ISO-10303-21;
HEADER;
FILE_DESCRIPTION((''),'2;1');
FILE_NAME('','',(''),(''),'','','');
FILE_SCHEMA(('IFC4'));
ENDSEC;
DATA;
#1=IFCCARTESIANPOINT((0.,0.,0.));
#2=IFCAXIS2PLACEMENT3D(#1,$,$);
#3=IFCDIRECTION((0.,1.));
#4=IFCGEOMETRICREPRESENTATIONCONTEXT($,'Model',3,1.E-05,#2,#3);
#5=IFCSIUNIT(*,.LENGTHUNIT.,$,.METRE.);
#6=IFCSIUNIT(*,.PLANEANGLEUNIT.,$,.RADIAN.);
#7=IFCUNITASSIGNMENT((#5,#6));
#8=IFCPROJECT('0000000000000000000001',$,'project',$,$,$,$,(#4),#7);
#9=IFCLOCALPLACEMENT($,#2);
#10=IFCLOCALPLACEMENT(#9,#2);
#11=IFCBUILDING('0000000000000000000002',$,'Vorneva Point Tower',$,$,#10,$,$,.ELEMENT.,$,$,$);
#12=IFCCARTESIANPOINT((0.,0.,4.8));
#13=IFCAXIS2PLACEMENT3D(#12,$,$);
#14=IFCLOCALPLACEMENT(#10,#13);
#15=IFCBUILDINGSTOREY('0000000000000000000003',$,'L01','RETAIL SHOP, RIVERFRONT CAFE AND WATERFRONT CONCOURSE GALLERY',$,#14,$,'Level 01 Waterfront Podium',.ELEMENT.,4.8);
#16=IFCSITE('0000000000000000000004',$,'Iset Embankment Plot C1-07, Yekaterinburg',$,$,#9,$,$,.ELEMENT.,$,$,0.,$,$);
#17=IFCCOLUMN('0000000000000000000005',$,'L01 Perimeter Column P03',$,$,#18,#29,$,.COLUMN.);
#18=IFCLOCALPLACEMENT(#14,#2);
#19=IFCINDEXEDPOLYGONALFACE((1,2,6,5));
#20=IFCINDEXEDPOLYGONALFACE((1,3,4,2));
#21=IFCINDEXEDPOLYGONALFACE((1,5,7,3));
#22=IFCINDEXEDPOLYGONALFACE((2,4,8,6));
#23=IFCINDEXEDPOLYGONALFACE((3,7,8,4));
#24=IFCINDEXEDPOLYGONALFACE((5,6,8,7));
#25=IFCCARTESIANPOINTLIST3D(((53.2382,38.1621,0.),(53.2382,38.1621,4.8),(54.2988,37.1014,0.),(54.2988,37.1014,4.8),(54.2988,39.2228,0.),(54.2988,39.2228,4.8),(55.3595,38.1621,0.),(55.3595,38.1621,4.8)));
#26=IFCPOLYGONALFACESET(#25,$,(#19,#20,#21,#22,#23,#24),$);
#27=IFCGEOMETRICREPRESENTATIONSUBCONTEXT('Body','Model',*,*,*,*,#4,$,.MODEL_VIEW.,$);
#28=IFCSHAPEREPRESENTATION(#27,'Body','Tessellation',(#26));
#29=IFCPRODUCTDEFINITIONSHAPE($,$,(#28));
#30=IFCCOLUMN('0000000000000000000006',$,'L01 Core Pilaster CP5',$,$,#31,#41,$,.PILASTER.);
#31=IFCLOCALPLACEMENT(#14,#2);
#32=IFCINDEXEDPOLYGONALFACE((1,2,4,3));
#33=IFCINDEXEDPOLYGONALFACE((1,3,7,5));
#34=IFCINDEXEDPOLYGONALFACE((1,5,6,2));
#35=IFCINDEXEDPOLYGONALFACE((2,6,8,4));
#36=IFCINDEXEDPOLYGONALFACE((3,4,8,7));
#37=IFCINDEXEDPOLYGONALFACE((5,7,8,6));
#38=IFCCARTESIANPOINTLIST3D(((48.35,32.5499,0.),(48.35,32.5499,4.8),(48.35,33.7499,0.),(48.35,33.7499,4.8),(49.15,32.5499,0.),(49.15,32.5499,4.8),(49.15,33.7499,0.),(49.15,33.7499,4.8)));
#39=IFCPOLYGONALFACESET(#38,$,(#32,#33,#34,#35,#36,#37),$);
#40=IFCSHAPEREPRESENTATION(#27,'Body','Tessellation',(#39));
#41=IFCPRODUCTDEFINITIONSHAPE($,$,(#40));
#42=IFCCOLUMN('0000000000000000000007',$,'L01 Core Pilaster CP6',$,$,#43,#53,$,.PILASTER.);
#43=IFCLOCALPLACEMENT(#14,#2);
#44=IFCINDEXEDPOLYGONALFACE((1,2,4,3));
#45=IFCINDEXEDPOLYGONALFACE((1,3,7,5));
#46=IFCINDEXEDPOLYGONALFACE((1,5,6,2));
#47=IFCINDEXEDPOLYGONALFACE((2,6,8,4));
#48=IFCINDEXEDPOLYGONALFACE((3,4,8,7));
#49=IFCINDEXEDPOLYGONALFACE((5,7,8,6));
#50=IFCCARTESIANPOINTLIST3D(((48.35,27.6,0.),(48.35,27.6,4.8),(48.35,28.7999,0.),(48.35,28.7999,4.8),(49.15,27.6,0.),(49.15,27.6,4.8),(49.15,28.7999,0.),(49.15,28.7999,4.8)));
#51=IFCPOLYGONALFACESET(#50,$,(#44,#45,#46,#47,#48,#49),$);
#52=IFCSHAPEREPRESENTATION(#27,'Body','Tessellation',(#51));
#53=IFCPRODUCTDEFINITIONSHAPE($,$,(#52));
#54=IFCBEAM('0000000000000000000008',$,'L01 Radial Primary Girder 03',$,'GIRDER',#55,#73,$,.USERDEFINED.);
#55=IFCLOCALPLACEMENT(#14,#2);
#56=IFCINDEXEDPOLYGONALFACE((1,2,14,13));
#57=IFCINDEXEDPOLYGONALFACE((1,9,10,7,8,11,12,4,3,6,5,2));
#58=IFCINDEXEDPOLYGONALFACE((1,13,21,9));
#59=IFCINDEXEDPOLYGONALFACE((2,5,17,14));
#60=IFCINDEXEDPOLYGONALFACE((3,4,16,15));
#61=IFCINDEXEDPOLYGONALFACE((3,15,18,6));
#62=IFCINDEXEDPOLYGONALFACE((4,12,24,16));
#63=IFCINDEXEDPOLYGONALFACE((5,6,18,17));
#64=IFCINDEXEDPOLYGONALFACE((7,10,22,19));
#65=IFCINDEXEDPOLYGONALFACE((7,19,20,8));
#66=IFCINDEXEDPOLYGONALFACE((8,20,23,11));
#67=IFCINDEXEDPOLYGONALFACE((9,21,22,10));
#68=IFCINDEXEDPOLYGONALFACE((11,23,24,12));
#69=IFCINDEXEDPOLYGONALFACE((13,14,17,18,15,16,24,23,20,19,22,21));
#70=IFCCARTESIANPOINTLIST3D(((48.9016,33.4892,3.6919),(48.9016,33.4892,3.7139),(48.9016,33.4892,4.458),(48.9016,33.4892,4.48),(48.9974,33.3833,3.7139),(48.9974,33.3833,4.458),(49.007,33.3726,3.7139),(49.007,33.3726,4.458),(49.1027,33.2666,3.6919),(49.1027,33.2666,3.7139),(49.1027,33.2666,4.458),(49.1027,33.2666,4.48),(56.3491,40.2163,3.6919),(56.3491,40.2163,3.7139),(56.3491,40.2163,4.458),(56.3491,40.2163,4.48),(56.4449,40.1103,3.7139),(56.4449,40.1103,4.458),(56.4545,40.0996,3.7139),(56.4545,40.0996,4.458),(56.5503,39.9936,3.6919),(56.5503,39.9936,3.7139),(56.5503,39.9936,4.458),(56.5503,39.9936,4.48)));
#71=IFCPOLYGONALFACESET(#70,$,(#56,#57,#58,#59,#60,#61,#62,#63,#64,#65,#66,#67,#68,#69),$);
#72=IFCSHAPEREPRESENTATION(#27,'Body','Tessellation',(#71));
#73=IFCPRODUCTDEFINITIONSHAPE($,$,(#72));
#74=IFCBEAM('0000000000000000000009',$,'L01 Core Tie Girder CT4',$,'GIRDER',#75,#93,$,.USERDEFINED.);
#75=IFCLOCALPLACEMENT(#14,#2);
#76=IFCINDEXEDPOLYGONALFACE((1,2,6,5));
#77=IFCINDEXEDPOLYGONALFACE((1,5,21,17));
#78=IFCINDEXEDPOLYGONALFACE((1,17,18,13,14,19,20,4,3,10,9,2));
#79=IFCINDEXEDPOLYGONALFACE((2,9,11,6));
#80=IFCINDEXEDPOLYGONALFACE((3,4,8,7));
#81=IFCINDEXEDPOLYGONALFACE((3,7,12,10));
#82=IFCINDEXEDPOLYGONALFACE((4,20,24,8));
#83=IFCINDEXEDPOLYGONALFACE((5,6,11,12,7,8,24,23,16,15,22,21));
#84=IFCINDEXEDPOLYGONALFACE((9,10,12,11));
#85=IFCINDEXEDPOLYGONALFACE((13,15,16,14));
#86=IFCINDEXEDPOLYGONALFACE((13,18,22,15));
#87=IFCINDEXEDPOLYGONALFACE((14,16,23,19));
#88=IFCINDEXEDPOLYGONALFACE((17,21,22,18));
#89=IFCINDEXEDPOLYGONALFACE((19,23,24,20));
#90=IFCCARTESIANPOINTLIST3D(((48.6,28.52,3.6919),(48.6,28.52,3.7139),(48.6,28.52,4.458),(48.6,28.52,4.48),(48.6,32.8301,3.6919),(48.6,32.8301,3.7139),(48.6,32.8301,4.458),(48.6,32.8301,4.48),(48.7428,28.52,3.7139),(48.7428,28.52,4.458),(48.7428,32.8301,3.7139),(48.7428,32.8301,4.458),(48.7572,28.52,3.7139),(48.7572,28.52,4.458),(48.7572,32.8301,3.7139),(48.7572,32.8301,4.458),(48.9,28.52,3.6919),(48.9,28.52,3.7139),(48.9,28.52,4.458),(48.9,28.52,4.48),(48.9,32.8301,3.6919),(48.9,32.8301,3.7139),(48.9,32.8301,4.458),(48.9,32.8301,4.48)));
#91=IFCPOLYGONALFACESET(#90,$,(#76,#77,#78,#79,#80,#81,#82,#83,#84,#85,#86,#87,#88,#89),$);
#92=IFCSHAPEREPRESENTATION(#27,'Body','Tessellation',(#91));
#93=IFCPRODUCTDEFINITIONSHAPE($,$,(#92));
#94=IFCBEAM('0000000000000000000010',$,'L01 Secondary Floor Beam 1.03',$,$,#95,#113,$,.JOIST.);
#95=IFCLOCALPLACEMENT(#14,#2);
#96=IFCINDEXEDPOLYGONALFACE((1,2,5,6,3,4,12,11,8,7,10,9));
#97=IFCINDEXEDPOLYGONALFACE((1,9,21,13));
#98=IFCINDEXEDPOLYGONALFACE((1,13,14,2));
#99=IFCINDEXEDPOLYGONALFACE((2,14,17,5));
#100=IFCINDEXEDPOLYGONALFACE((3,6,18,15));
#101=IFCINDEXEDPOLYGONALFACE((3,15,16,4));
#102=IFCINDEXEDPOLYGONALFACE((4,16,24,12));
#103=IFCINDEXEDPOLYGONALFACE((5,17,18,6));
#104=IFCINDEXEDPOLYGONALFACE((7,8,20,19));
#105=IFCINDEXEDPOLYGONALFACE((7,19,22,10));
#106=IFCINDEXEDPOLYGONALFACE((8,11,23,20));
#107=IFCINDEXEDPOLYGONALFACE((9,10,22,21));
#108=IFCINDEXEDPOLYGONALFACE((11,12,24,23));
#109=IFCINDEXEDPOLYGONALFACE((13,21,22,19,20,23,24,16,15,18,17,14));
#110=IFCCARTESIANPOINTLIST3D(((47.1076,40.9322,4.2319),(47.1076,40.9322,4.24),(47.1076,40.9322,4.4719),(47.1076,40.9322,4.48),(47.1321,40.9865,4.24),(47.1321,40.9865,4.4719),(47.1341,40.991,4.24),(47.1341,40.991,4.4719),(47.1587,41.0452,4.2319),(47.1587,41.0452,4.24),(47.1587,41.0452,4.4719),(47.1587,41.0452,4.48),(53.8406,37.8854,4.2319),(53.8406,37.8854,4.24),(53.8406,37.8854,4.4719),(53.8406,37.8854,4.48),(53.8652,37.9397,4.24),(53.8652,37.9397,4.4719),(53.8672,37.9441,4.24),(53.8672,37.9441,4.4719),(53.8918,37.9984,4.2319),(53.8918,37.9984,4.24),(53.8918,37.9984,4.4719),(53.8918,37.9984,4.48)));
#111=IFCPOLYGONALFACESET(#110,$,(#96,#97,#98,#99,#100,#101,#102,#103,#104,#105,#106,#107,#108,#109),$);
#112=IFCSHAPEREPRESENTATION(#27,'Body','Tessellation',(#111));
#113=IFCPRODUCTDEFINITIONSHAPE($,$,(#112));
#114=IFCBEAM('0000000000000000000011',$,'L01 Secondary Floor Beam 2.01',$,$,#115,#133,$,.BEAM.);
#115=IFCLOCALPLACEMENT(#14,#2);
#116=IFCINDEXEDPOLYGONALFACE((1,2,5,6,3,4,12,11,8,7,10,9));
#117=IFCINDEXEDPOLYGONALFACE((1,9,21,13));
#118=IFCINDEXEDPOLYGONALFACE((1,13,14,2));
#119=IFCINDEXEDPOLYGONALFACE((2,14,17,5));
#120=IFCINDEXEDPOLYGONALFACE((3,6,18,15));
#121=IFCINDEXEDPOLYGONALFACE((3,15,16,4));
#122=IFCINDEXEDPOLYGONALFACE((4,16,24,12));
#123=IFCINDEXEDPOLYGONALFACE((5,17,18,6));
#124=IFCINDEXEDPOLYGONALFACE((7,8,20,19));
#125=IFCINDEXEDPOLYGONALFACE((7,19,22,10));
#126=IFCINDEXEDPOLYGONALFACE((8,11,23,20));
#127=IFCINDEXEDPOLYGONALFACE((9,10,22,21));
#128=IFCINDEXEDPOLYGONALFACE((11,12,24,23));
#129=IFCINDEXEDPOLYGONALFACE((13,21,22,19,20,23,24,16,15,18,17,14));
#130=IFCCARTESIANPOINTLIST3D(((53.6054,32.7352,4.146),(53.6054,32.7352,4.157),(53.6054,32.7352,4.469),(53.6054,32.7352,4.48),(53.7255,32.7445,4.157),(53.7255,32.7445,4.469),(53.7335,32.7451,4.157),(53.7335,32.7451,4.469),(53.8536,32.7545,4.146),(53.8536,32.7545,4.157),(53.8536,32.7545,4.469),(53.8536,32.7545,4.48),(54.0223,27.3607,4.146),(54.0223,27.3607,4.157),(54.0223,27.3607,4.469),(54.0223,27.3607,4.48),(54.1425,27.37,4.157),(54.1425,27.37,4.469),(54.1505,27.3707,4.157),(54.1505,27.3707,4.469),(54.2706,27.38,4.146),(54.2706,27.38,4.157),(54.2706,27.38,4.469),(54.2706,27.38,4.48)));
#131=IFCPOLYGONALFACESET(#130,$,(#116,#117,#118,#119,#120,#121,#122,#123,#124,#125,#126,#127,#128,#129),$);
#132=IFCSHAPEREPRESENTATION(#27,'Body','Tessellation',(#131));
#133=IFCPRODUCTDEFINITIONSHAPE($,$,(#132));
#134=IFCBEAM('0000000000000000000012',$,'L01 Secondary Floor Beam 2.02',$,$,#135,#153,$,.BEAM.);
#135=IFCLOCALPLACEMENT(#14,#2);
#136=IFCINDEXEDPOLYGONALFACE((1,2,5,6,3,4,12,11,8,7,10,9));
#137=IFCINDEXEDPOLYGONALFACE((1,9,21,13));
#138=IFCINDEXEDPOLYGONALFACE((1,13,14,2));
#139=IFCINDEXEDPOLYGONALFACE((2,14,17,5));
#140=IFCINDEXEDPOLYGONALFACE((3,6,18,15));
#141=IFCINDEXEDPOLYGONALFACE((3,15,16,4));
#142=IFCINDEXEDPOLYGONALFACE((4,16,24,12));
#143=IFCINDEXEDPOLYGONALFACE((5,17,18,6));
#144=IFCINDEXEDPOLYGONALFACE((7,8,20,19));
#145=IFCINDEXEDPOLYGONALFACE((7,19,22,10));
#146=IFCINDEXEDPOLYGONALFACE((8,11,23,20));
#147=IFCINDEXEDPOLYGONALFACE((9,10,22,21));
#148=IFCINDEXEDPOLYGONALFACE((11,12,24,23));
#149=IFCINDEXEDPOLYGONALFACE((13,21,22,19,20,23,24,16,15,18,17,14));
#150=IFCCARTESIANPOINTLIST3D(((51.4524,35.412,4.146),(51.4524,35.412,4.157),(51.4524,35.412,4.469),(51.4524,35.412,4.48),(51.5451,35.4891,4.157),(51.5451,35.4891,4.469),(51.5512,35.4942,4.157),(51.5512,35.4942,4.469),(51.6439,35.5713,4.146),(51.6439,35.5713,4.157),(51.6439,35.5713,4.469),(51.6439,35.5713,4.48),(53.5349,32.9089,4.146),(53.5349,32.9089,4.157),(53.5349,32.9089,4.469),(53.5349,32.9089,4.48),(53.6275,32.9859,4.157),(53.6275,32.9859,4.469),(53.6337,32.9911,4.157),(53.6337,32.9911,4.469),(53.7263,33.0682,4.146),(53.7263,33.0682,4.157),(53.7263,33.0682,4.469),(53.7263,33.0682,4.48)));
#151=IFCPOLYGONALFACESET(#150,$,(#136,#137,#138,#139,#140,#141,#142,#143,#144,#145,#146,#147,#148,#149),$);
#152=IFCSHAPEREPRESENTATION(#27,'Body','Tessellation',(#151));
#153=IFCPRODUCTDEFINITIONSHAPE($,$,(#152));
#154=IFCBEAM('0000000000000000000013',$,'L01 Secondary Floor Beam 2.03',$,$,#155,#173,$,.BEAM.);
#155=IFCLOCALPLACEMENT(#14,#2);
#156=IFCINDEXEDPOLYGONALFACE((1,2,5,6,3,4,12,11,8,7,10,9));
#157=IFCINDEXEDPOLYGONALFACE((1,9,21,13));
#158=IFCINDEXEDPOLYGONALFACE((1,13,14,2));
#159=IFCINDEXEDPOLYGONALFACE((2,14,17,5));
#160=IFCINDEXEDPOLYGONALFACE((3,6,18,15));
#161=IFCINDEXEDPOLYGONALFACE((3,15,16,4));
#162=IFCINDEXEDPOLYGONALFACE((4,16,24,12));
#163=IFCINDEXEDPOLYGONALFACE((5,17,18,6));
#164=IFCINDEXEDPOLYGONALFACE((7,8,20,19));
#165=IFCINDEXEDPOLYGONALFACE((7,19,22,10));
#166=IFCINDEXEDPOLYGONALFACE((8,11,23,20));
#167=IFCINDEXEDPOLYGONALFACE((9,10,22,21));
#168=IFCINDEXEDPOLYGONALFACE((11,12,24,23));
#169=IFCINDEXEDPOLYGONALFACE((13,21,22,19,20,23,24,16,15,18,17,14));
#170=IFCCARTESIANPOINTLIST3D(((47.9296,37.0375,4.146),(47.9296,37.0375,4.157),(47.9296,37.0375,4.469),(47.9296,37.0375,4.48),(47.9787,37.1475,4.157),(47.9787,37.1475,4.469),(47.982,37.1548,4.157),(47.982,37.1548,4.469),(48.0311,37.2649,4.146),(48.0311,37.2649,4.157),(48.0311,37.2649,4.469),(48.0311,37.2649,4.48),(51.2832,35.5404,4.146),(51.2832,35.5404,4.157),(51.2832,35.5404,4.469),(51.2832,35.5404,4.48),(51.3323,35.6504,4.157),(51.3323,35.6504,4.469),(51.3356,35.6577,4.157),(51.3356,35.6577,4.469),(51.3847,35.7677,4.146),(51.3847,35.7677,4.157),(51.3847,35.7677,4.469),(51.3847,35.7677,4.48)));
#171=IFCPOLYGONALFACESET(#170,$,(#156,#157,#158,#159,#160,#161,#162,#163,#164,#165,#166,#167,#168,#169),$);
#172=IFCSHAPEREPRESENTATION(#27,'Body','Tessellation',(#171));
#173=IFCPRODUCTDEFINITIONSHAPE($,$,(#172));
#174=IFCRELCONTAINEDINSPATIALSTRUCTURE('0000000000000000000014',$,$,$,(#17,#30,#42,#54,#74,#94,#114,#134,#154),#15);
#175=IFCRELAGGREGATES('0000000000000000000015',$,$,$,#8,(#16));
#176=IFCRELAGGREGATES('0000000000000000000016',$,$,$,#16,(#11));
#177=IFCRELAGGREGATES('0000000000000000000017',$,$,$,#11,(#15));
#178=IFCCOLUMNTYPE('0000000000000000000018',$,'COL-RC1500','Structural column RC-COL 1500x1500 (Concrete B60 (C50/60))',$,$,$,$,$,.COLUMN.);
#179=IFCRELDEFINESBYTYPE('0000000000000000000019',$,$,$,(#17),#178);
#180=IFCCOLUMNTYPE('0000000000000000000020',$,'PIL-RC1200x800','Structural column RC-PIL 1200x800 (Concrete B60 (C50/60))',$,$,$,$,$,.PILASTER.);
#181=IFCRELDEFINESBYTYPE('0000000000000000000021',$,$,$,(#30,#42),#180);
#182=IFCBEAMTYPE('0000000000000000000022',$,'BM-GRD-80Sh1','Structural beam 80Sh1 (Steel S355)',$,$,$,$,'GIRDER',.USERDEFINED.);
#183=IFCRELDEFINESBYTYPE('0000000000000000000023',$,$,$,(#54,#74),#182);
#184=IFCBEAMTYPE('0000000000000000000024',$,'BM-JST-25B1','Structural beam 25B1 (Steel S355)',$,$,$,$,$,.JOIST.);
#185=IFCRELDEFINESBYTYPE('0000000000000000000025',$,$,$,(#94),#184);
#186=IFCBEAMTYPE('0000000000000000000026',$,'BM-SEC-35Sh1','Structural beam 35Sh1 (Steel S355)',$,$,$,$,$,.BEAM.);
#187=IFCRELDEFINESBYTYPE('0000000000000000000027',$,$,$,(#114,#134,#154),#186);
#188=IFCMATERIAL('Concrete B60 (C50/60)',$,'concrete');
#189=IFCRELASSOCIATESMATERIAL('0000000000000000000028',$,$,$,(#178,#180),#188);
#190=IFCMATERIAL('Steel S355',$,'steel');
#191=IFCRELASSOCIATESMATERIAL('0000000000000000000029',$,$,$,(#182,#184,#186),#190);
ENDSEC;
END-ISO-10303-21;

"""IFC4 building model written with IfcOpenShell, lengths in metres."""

from ifc_helpers import new_model, si_unit, direction, frame, origin, origin_2d, place, context, subcontext, project, spatial, rectangle, i_section, extrude, material, material_profile, profile_set, type_object, element, save


model = new_model("IFC4")

# Units and contexts
model_context = context("Model", 3, precision=1e-05, world=origin(), true_north=direction((0.0, 1.0)))
body_context = subcontext(model_context, "Body", "Model", "MODEL_VIEW")
ifc_project = project(units=[si_unit("LENGTHUNIT", "METRE"), si_unit("PLANEANGLEUNIT", "RADIAN")], contexts=[model_context])

# Site, building, storey
site_placement = place(None, origin())
site = spatial("IfcSite", under=ifc_project, at=site_placement, Name="Iset Embankment Plot C1-07, Yekaterinburg", CompositionType="ELEMENT", RefElevation=0.0)
building_placement = place(site_placement, origin())
building = spatial("IfcBuilding", under=site, at=building_placement, Name="Vorneva Point Tower", CompositionType="ELEMENT")
storey_placement = place(building_placement, frame((0.0, 0.0, 4.8)))
storey = spatial("IfcBuildingStorey", under=building, at=storey_placement, Name="L01", Description="RETAIL SHOP, RIVERFRONT CAFE AND WATERFRONT CONCOURSE GALLERY", LongName="Level 01 Waterfront Podium", CompositionType="ELEMENT", Elevation=4.8)

# Columns
ifc_material_1 = material(Name="Concrete B60 (C50/60)", Category="concrete")
ifc_material_profile_1 = material_profile(ifc_material_1, rectangle(XDim=1.5, YDim=1.5, at=origin_2d()), Name="RC-COL 1500x1500")
ifc_profile_set_1 = profile_set([ifc_material_profile_1], Name="Concrete B60 (C50/60)")
column_type_1 = type_object("IfcColumnType", Name="COL-RC1500", Description="Structural column RC-COL 1500x1500 (Concrete B60 (C50/60))", PredefinedType="COLUMN", material=ifc_profile_set_1)
column_placement = place(storey_placement, frame((54.2988, 38.1621, 0.0), z_axis=(0.0, 0.0, 1.0), x_axis=(0.707107, 0.707107, 0.0)))
element("IfcColumn", 1, at=column_placement, inside=storey, type_object=column_type_1, Name="L01 Perimeter Column P03", PredefinedType="COLUMN", context=body_context, shape_type="SweptSolid", body=[
    extrude(rectangle(XDim=1.5, YDim=1.5, at=origin_2d()), origin(), (0.0, 0.0, 1.0), 4.8),
])
ifc_material_profile_2 = material_profile(ifc_material_1, rectangle(XDim=0.8, YDim=1.2, at=origin_2d()), Name="RC-PIL 1200x800")
ifc_profile_set_2 = profile_set([ifc_material_profile_2], Name="Concrete B60 (C50/60)")
column_type_2 = type_object("IfcColumnType", Name="PIL-RC1200x800", Description="Structural column RC-PIL 1200x800 (Concrete B60 (C50/60))", PredefinedType="PILASTER", material=ifc_profile_set_2)
for number, where, z_axis, x_axis, name in (
    (2, (48.75, 33.1499, 0.0), (0.0, 0.0, 1.0), (1.0, 0.0, 0.0), "L01 Core Pilaster CP5"),
    (3, (48.75, 28.2, 0.0), (0.0, 0.0, 1.0), (1.0, 0.0, 0.0), "L01 Core Pilaster CP6"),
):
    element("IfcColumn", number, at=place(storey_placement, frame(where, z_axis=z_axis, x_axis=x_axis)), inside=storey, type_object=column_type_2, Name=name, PredefinedType="PILASTER", context=body_context, shape_type="SweptSolid", body=[
        extrude(rectangle(XDim=0.8, YDim=1.2, at=origin_2d()), origin(), (0.0, 0.0, 1.0), 4.8),
    ])

# Beams
ifc_material_2 = material(Name="Steel S355", Category="steel")
ifc_material_profile_3 = material_profile(ifc_material_2, i_section(OverallWidth=0.3, OverallDepth=0.7881, WebThickness=0.0144, FlangeThickness=0.022, at=origin_2d()), Name="80Sh1")
ifc_profile_set_3 = profile_set([ifc_material_profile_3], Name="Steel S355")
beam_type_1 = type_object("IfcBeamType", Name="BM-GRD-80Sh1", Description="Structural beam 80Sh1 (Steel S355)", ElementType="GIRDER", PredefinedType="USERDEFINED", material=ifc_profile_set_3)
beam_1_placement = place(storey_placement, frame((56.4497, 40.105, 4.0859), z_axis=(-0.742089, -0.670301, 0.0), x_axis=(0.670301, -0.742089, 0.0)))
element("IfcBeam", 4, at=beam_1_placement, inside=storey, type_object=beam_type_1, Name="L01 Radial Primary Girder 03", ObjectType="GIRDER", PredefinedType="USERDEFINED", context=body_context, shape_type="SweptSolid", body=[
    extrude(i_section(OverallWidth=0.3, OverallDepth=0.7881, WebThickness=0.0144, FlangeThickness=0.022, at=origin_2d()), origin(), (0.0, 0.0, 1.0), 10.0359),
])
beam_2_placement = place(storey_placement, frame((48.75, 28.52, 4.0859), z_axis=(0.0, 1.0, 0.0), x_axis=(-1.0, 0.0, 0.0)))
element("IfcBeam", 5, at=beam_2_placement, inside=storey, type_object=beam_type_1, Name="L01 Core Tie Girder CT4", ObjectType="GIRDER", PredefinedType="USERDEFINED", context=body_context, shape_type="SweptSolid", body=[
    extrude(i_section(OverallWidth=0.3, OverallDepth=0.7881, WebThickness=0.0144, FlangeThickness=0.022, at=origin_2d()), origin(), (0.0, 0.0, 1.0), 4.3101),
])
ifc_material_profile_4 = material_profile(ifc_material_2, i_section(OverallWidth=0.124, OverallDepth=0.248, WebThickness=0.0049, FlangeThickness=0.0081, at=origin_2d()), Name="25B1")
ifc_profile_set_4 = profile_set([ifc_material_profile_4], Name="Steel S355")
beam_type_2 = type_object("IfcBeamType", Name="BM-JST-25B1", Description="Structural beam 25B1 (Steel S355)", PredefinedType="JOIST", material=ifc_profile_set_4)
beam_3_placement = place(storey_placement, frame((53.8662, 37.9419, 4.356), z_axis=(-0.911061, 0.412272, 0.0), x_axis=(-0.412272, -0.911061, 0.0)))
element("IfcBeam", 6, at=beam_3_placement, inside=storey, type_object=beam_type_2, Name="L01 Secondary Floor Beam 1.03", PredefinedType="JOIST", context=body_context, shape_type="SweptSolid", body=[
    extrude(i_section(OverallWidth=0.124, OverallDepth=0.248, WebThickness=0.0049, FlangeThickness=0.0081, at=origin_2d()), origin(), (0.0, 0.0, 1.0), 7.3904),
])
ifc_material_profile_5 = material_profile(ifc_material_2, i_section(OverallWidth=0.249, OverallDepth=0.334, WebThickness=0.0081, FlangeThickness=0.011, at=origin_2d()), Name="35Sh1")
ifc_profile_set_5 = profile_set([ifc_material_profile_5], Name="Steel S355")
beam_type_3 = type_object("IfcBeamType", Name="BM-SEC-35Sh1", Description="Structural beam 35Sh1 (Steel S355)", PredefinedType="BEAM", material=ifc_profile_set_5)
beam_4_placement = place(storey_placement, frame((54.1465, 27.3704, 4.313), z_axis=(-0.077355, 0.997004, 0.0), x_axis=(-0.997004, -0.077355, 0.0)))
element("IfcBeam", 7, at=beam_4_placement, inside=storey, type_object=beam_type_3, Name="L01 Secondary Floor Beam 2.01", PredefinedType="BEAM", context=body_context, shape_type="SweptSolid", body=[
    extrude(i_section(OverallWidth=0.249, OverallDepth=0.334, WebThickness=0.0081, FlangeThickness=0.011, at=origin_2d()), origin(), (0.0, 0.0, 1.0), 5.3906),
])
beam_5_placement = place(storey_placement, frame((53.6306, 32.9885, 4.313), z_axis=(-0.639557, 0.768743, 0.0), x_axis=(-0.768743, -0.639557, 0.0)))
element("IfcBeam", 8, at=beam_5_placement, inside=storey, type_object=beam_type_3, Name="L01 Secondary Floor Beam 2.02", PredefinedType="BEAM", context=body_context, shape_type="SweptSolid", body=[
    extrude(i_section(OverallWidth=0.249, OverallDepth=0.334, WebThickness=0.0081, FlangeThickness=0.011, at=origin_2d()), origin(), (0.0, 0.0, 1.0), 3.2561),
])
beam_6_placement = place(storey_placement, frame((51.334, 35.6541, 4.313), z_axis=(-0.913141, 0.407643, 0.0), x_axis=(-0.407643, -0.913141, 0.0)))
element("IfcBeam", 9, at=beam_6_placement, inside=storey, type_object=beam_type_3, Name="L01 Secondary Floor Beam 2.03", PredefinedType="BEAM", context=body_context, shape_type="SweptSolid", body=[
    extrude(i_section(OverallWidth=0.249, OverallDepth=0.334, WebThickness=0.0081, FlangeThickness=0.011, at=origin_2d()), origin(), (0.0, 0.0, 1.0), 3.6726),
])

save(model, "model.ifc")
